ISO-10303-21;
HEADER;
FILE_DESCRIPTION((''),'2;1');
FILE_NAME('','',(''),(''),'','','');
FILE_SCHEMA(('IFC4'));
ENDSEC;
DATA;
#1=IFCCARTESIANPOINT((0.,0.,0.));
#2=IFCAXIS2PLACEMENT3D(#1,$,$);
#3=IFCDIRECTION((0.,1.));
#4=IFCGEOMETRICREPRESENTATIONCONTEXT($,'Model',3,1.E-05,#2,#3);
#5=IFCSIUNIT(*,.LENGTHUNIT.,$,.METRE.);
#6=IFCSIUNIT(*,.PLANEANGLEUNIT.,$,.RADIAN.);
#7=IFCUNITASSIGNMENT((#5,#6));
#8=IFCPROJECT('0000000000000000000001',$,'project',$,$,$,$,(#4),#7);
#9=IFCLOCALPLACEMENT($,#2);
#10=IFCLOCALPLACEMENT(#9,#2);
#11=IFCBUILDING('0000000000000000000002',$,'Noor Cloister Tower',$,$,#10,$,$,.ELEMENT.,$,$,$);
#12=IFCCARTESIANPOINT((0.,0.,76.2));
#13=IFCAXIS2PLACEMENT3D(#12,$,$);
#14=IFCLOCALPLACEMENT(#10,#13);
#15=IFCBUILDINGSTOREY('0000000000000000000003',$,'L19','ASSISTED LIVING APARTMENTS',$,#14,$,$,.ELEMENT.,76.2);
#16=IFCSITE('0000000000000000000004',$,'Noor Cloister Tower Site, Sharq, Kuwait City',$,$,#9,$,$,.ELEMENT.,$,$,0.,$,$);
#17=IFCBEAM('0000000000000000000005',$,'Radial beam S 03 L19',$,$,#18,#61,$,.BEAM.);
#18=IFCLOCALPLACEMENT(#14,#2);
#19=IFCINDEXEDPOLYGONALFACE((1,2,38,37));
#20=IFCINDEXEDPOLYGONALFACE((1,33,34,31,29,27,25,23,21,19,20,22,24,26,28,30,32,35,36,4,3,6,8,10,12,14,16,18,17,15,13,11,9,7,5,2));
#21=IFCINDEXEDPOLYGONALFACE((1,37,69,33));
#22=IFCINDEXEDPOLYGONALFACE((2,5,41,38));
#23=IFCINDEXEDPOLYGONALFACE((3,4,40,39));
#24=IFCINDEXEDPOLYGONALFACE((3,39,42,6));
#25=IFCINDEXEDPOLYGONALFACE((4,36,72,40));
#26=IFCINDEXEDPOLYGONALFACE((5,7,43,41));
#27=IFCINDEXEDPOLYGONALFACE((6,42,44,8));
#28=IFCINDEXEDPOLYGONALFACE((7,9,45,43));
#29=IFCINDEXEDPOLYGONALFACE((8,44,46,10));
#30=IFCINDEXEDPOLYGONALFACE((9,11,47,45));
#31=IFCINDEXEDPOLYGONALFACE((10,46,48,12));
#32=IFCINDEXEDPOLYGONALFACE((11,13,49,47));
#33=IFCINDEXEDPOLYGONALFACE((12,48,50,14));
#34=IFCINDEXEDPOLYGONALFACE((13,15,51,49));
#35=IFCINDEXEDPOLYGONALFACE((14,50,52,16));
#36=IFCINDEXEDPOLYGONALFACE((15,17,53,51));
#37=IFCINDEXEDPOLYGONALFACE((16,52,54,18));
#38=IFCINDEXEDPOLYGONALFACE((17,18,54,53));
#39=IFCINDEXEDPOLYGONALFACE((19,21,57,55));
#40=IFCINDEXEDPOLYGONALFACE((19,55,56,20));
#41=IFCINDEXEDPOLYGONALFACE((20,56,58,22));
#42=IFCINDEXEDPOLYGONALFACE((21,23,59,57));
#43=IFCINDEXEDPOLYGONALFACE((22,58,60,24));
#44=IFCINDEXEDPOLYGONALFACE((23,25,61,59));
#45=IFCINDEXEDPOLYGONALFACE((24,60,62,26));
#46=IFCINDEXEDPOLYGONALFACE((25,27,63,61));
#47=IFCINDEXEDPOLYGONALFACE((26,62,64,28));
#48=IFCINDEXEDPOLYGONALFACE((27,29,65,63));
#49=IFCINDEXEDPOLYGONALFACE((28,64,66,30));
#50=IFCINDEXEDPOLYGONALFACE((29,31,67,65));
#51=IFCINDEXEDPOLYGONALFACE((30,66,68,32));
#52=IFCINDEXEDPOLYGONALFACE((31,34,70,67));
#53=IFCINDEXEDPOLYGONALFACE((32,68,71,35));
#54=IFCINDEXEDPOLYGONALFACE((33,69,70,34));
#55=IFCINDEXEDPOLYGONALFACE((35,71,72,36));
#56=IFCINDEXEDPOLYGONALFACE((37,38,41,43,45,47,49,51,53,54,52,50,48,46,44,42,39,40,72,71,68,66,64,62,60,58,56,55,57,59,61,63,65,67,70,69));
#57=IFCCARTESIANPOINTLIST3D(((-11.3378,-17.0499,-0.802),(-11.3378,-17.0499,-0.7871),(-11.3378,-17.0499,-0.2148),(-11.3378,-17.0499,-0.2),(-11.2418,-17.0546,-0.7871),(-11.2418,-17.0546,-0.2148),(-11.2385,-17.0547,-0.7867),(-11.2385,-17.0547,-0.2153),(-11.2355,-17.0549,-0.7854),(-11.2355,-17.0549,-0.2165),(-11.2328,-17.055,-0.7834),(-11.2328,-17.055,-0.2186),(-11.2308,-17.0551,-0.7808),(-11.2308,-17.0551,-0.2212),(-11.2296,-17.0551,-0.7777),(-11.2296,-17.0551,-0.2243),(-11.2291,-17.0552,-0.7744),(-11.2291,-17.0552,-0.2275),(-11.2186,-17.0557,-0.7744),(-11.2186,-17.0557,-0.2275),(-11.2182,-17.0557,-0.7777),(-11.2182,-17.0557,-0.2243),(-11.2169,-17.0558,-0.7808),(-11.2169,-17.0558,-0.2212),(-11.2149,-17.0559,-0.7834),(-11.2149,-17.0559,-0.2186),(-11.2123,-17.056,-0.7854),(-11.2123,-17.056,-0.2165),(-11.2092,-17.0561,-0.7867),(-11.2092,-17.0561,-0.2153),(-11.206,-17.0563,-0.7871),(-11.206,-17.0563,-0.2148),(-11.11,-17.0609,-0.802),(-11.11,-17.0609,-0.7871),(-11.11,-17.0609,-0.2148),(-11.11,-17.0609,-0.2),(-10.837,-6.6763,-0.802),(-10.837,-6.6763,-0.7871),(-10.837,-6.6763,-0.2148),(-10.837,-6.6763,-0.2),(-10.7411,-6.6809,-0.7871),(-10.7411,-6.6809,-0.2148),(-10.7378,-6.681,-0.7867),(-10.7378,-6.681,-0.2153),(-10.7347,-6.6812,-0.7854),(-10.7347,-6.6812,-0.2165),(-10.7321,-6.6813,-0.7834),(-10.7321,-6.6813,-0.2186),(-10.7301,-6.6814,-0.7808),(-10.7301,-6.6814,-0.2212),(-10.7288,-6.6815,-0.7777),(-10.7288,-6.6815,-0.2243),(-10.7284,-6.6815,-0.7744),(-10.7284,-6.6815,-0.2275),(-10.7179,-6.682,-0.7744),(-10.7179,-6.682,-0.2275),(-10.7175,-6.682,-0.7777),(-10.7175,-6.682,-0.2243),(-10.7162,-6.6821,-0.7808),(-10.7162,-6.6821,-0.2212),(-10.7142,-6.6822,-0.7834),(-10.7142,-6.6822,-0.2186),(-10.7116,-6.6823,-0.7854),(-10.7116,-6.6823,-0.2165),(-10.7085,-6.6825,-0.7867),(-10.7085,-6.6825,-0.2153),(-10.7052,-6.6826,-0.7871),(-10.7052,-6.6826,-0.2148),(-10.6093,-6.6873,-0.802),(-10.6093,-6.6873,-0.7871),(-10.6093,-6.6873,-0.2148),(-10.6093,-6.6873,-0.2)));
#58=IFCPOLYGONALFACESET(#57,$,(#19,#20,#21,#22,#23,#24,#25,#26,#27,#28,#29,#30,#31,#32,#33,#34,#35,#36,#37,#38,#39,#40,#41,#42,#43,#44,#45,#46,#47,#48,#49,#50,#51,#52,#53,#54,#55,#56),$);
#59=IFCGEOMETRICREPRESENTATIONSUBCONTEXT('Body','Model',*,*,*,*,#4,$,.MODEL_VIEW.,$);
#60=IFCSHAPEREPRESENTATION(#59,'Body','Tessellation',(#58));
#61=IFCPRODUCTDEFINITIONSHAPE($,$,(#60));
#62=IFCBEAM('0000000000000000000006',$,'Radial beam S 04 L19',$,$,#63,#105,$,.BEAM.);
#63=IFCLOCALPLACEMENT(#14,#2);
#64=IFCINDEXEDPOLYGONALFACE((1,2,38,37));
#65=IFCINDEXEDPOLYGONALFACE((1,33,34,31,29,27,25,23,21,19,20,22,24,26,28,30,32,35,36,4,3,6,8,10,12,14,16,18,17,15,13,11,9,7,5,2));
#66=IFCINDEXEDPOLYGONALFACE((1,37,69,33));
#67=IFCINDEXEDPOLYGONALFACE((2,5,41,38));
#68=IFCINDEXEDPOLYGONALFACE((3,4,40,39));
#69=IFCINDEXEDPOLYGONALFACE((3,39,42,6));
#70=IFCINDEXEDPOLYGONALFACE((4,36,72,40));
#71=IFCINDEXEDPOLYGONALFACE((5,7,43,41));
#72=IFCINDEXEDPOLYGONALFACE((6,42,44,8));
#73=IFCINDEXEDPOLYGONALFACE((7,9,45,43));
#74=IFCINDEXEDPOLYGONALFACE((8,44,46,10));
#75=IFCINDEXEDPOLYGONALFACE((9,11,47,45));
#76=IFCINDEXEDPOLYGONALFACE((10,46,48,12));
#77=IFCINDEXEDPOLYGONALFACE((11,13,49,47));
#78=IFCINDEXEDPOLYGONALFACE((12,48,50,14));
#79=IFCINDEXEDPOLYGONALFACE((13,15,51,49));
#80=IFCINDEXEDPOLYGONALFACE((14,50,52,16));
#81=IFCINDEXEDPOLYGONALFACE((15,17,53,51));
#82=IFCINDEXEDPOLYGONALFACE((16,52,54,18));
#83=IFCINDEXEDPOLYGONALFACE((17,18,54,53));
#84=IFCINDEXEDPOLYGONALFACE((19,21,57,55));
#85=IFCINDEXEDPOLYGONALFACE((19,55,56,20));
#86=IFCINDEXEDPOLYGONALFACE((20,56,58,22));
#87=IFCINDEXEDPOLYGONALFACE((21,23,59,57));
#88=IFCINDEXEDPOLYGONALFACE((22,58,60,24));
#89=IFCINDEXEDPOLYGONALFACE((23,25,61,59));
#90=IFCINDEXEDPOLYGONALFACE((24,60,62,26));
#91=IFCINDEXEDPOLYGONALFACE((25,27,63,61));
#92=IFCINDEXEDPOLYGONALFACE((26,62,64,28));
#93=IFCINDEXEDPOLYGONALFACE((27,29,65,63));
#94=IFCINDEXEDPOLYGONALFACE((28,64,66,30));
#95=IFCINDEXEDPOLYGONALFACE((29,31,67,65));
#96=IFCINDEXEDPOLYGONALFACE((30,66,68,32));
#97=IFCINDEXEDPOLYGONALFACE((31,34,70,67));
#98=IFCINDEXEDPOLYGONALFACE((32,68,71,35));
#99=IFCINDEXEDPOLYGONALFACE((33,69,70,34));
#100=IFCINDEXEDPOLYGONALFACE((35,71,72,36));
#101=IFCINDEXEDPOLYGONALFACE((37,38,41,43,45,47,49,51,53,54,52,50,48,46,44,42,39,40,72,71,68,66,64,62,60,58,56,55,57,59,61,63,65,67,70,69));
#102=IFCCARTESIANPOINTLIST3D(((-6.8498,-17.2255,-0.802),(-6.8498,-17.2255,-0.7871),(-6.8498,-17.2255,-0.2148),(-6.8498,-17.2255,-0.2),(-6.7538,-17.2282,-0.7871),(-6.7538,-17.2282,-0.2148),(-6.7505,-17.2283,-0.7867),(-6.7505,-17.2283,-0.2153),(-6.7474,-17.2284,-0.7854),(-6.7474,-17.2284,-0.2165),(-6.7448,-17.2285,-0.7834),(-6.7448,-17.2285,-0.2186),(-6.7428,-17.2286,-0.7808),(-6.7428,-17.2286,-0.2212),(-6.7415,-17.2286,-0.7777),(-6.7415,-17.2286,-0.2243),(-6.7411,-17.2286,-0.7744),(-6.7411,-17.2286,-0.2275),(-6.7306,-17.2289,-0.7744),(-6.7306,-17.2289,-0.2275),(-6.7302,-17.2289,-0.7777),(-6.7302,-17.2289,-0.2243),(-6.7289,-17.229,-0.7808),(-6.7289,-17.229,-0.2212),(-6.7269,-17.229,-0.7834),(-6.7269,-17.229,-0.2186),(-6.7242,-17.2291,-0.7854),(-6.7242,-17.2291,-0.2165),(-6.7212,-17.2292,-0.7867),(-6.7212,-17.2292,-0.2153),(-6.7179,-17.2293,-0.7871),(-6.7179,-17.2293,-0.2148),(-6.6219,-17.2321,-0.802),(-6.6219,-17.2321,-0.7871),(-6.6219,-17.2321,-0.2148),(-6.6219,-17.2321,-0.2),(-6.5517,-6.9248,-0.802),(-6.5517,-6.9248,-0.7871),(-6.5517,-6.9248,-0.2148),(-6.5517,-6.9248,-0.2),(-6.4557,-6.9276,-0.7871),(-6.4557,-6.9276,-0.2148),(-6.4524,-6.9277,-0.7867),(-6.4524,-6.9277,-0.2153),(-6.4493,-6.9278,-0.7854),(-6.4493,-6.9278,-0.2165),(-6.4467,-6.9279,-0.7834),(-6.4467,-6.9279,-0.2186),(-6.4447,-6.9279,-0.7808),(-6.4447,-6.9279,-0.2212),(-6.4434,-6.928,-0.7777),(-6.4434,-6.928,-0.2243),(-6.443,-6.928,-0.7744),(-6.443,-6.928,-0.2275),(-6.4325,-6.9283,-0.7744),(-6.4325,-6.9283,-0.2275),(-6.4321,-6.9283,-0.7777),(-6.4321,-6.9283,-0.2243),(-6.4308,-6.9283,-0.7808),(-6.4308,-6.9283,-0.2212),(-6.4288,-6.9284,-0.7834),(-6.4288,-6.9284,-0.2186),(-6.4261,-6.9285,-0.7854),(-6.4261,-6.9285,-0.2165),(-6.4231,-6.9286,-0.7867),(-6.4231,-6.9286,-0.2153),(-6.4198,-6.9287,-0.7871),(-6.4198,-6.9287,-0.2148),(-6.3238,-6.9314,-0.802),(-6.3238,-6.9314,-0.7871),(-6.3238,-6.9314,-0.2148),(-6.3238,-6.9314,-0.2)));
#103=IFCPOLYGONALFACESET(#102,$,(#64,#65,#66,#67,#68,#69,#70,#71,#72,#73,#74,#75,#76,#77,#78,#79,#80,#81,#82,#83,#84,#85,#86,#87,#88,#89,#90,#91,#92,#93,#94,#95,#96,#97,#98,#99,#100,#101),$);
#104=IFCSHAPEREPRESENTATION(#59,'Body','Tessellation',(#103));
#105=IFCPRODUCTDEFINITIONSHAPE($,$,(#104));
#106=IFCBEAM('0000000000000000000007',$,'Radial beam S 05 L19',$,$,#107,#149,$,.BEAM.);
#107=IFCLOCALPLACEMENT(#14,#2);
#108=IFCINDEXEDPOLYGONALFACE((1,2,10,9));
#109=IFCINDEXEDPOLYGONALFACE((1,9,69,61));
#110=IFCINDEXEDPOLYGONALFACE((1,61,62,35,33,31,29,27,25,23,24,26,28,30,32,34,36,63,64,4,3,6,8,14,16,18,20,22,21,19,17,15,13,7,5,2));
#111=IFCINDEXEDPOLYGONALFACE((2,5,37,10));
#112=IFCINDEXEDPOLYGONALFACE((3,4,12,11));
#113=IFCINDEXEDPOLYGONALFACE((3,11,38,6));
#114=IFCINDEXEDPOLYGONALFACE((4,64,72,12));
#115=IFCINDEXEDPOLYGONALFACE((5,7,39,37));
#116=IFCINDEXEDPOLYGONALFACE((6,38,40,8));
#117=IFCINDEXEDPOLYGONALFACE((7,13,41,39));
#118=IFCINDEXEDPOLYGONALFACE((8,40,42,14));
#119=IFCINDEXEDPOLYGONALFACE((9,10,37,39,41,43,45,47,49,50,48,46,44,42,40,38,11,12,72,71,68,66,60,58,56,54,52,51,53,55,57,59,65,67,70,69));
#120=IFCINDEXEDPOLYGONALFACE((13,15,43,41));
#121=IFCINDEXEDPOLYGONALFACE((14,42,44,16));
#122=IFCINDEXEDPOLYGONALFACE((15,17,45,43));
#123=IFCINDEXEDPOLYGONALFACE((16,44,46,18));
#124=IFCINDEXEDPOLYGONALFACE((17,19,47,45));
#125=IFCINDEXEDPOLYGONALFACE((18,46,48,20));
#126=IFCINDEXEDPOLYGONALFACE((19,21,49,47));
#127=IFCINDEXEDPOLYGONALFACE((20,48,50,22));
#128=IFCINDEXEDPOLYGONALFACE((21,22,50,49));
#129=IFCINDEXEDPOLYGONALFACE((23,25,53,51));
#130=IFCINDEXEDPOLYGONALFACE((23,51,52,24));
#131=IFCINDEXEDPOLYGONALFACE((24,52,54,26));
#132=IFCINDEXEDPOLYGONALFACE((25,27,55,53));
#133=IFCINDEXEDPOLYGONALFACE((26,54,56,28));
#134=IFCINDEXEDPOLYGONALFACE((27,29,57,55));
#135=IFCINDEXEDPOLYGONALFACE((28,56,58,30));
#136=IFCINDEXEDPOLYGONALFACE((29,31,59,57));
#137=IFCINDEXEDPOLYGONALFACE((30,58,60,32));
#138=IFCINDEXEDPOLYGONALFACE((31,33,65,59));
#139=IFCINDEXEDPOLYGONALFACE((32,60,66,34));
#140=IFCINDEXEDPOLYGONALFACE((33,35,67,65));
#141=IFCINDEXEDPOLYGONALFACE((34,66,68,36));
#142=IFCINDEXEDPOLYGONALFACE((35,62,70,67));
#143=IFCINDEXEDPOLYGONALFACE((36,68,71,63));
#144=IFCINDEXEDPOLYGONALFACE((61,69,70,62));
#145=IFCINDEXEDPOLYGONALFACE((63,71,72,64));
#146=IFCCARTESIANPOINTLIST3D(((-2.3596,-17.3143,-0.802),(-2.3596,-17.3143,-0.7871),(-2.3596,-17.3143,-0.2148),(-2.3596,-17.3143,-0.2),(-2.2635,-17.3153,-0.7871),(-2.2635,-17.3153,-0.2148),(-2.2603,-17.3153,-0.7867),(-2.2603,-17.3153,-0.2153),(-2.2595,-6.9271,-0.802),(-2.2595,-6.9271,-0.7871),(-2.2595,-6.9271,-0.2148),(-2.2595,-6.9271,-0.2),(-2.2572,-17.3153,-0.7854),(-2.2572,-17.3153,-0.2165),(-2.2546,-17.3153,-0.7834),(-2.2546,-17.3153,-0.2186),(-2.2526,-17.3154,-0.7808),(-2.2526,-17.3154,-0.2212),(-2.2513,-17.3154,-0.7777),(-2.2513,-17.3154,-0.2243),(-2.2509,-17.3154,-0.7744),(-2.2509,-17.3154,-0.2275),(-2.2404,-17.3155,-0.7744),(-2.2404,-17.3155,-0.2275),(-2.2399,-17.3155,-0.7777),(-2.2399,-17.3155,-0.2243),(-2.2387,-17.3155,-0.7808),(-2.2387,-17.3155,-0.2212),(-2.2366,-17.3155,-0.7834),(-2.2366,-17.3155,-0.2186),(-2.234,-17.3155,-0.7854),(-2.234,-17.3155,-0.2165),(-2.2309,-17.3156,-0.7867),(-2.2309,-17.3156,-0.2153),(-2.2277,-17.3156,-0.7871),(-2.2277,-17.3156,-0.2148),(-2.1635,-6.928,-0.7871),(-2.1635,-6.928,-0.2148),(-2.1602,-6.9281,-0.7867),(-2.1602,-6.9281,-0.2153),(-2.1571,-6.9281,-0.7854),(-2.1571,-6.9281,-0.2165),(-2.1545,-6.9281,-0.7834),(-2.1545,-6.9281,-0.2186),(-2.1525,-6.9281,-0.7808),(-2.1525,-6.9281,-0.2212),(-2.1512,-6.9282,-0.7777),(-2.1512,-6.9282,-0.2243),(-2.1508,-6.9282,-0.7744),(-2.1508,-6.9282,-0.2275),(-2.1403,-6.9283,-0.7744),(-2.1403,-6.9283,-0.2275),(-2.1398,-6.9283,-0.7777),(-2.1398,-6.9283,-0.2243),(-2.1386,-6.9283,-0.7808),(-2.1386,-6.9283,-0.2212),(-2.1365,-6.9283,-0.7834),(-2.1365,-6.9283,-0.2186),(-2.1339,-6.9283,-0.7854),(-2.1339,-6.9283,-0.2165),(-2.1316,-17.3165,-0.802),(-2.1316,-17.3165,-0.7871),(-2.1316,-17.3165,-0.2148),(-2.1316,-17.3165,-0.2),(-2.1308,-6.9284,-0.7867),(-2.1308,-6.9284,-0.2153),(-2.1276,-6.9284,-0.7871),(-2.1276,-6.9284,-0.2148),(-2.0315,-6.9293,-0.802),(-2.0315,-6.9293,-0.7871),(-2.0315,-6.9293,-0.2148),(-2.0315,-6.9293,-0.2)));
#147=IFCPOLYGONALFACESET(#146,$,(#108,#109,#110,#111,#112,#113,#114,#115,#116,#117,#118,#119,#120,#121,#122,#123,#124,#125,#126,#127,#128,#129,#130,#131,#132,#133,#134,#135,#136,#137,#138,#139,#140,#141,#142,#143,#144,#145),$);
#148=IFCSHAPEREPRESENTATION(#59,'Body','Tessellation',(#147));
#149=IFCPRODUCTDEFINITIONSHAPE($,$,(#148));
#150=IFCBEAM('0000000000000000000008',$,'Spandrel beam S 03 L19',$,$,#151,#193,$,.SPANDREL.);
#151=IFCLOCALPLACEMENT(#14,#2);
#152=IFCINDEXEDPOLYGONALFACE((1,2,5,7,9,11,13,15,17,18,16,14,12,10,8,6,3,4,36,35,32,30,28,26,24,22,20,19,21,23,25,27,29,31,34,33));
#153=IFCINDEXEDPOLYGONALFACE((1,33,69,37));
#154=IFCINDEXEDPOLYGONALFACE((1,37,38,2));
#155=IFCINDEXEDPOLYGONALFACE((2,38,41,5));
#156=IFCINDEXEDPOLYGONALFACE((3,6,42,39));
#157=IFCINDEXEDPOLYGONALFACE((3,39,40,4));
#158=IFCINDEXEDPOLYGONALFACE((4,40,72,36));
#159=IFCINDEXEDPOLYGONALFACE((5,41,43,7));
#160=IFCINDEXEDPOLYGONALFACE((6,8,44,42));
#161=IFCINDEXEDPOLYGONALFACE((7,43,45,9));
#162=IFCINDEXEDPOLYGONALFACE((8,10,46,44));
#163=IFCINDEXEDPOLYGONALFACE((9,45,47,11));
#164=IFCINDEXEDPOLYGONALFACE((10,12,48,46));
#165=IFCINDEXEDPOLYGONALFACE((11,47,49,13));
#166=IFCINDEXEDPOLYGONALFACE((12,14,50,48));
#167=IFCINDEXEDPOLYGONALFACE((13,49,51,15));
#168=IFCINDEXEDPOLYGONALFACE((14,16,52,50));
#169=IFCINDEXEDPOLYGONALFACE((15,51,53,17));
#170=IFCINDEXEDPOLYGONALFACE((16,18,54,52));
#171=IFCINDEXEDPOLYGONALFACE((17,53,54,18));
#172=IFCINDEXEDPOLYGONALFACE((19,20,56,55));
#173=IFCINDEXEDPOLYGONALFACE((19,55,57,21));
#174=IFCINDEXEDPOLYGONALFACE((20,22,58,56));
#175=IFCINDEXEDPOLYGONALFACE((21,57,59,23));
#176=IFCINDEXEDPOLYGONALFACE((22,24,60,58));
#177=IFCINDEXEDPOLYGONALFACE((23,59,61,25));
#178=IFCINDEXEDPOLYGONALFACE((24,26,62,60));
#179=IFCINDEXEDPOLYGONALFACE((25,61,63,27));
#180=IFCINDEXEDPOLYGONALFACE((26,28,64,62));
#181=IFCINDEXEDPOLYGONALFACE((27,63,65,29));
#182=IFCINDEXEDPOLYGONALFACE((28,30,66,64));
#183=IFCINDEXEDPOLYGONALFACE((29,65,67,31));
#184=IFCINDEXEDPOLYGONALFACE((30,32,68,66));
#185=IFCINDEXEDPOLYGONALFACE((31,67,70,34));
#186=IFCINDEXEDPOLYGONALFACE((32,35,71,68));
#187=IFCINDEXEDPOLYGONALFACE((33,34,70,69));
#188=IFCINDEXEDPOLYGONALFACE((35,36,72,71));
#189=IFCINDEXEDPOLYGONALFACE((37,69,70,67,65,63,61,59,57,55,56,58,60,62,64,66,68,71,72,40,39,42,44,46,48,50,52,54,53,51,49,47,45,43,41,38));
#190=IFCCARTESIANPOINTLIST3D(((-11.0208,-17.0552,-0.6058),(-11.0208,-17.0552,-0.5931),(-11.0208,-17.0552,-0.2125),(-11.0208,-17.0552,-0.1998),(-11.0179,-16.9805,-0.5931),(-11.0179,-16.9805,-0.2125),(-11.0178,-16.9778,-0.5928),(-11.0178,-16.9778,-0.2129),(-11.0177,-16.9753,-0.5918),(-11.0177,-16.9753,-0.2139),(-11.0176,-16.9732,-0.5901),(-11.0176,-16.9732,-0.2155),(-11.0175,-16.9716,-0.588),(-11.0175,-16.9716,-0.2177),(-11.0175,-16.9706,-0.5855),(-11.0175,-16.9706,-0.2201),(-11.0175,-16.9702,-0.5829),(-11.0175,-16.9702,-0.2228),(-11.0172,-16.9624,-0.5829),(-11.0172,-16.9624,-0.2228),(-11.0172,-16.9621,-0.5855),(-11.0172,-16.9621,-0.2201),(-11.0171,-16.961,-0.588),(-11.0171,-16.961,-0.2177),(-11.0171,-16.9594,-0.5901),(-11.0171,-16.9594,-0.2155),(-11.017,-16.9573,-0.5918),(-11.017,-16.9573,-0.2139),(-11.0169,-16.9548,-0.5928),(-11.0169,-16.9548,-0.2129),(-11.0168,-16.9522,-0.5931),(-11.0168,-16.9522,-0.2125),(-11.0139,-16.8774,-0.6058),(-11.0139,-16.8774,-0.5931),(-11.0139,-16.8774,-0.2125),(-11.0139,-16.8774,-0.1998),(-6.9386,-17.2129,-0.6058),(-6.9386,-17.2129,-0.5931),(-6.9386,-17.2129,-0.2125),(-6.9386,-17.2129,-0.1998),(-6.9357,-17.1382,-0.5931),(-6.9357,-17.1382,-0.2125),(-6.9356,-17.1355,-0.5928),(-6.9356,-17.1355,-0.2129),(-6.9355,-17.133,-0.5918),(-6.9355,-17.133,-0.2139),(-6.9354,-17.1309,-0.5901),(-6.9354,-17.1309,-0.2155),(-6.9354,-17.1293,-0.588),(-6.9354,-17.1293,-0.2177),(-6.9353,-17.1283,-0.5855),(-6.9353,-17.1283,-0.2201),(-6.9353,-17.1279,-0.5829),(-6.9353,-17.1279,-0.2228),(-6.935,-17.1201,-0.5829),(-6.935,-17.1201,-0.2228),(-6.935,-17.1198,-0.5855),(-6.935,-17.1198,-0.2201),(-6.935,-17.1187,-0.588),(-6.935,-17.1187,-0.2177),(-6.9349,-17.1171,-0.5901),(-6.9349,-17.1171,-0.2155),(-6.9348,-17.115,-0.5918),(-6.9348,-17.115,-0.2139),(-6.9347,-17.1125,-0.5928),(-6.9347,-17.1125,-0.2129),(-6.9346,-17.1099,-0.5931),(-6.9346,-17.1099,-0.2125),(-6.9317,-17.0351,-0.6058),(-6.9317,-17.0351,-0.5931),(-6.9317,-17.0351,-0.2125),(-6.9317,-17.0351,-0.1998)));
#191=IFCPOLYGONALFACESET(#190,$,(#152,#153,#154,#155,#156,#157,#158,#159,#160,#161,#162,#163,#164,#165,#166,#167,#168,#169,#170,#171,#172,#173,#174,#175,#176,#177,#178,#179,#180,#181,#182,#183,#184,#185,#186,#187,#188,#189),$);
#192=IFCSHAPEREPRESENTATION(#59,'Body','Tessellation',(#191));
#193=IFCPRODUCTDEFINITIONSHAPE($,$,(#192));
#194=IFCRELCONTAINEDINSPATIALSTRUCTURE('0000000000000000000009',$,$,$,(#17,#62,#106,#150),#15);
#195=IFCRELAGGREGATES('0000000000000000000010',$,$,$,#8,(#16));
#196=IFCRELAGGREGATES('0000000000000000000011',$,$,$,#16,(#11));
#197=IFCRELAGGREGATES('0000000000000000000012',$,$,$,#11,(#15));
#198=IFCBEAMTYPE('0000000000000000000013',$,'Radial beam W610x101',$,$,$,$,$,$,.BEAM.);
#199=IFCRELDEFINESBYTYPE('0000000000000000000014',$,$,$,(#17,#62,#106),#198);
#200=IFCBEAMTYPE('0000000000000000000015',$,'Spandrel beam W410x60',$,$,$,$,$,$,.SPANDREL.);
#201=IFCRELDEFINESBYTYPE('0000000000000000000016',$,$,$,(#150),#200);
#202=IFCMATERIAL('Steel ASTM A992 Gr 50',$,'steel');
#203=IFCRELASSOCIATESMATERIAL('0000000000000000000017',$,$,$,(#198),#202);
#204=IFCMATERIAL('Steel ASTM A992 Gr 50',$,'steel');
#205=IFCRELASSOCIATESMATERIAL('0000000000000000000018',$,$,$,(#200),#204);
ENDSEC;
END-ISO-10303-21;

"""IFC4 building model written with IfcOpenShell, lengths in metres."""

from ifc_helpers import new_model, si_unit, direction, frame, origin, origin_2d, place, context, subcontext, project, spatial, i_section, extrude, material, material_profile, profile_set, type_object, element, save


model = new_model("IFC4")

# Units and contexts
model_context = context("Model", 3, precision=1e-05, world=origin(), true_north=direction((0.0, 1.0)))
body_context = subcontext(model_context, "Body", "Model", "MODEL_VIEW")
ifc_project = project(units=[si_unit("LENGTHUNIT", "METRE"), si_unit("PLANEANGLEUNIT", "RADIAN")], contexts=[model_context])

# Site, building, storey
site_placement = place(None, origin())
site = spatial("IfcSite", under=ifc_project, at=site_placement, Name="Noor Cloister Tower Site, Sharq, Kuwait City", CompositionType="ELEMENT", RefElevation=0.0)
building_placement = place(site_placement, origin())
building = spatial("IfcBuilding", under=site, at=building_placement, Name="Noor Cloister Tower", CompositionType="ELEMENT")
storey_placement = place(building_placement, frame((0.0, 0.0, 76.2)))
storey = spatial("IfcBuildingStorey", under=building, at=storey_placement, Name="L19", Description="ASSISTED LIVING APARTMENTS", CompositionType="ELEMENT", Elevation=76.2)

# Beams
ifc_material_1 = material(Name="Steel ASTM A992 Gr 50", Category="steel")
ifc_material_profile_1 = material_profile(ifc_material_1, i_section(OverallWidth=0.228, OverallDepth=0.6021, WebThickness=0.0105, FlangeThickness=0.0149, FilletRadius=0.0127, at=origin_2d()), Name="W610x101")
ifc_profile_set_1 = profile_set([ifc_material_profile_1], Name="Steel ASTM A992 Gr 50")
beam_type_1 = type_object("IfcBeamType", Name="Radial beam W610x101", PredefinedType="BEAM", material=ifc_profile_set_1)
beam_1_placement = place(storey_placement, frame((-11.2239, -17.0554, -0.501), z_axis=(0.048213, 0.998837, 0.0), x_axis=(-0.998837, 0.048213, 0.0)))
element("IfcBeam", 1, at=beam_1_placement, inside=storey, type_object=beam_type_1, Name="Radial beam S 03 L19", PredefinedType="BEAM", context=body_context, shape_type="SweptSolid", body=[
    extrude(i_section(OverallWidth=0.228, OverallDepth=0.6021, WebThickness=0.0105, FlangeThickness=0.0149, FilletRadius=0.0127, at=origin_2d()), origin(), (0.0, 0.0, 1.0), 10.3857),
])
beam_2_placement = place(storey_placement, frame((-6.7358, -17.2288, -0.501), z_axis=(0.028928, 0.999582, 0.0), x_axis=(-0.999582, 0.028928, 0.0)))
element("IfcBeam", 2, at=beam_2_placement, inside=storey, type_object=beam_type_1, Name="Radial beam S 04 L19", PredefinedType="BEAM", context=body_context, shape_type="SweptSolid", body=[
    extrude(i_section(OverallWidth=0.228, OverallDepth=0.6021, WebThickness=0.0105, FlangeThickness=0.0149, FilletRadius=0.0127, at=origin_2d()), origin(), (0.0, 0.0, 1.0), 10.3049),
])
beam_3_placement = place(storey_placement, frame((-2.2456, -17.3154, -0.501), z_axis=(0.009636, 0.999954, 0.0), x_axis=(-0.999954, 0.009636, 0.0)))
element("IfcBeam", 3, at=beam_3_placement, inside=storey, type_object=beam_type_1, Name="Radial beam S 05 L19", PredefinedType="BEAM", context=body_context, shape_type="SweptSolid", body=[
    extrude(i_section(OverallWidth=0.228, OverallDepth=0.6021, WebThickness=0.0105, FlangeThickness=0.0149, FilletRadius=0.0127, at=origin_2d()), origin(), (0.0, 0.0, 1.0), 10.3877),
])
ifc_material_2 = material(Name="Steel ASTM A992 Gr 50", Category="steel")
ifc_material_profile_2 = material_profile(ifc_material_2, i_section(OverallWidth=0.178, OverallDepth=0.406, WebThickness=0.0078, FlangeThickness=0.0127, FilletRadius=0.0103, at=origin_2d()), Name="W410x60")
ifc_profile_set_2 = profile_set([ifc_material_profile_2], Name="Steel ASTM A992 Gr 50")
beam_type_2 = type_object("IfcBeamType", Name="Spandrel beam W410x60", PredefinedType="SPANDREL", material=ifc_profile_set_2)
beam_4_placement = place(storey_placement, frame((-11.0173, -16.9663, -0.4028), z_axis=(0.999255, -0.038605, 0.0), x_axis=(0.038605, 0.999255, 0.0)))
element("IfcBeam", 4, at=beam_4_placement, inside=storey, type_object=beam_type_2, Name="Spandrel beam S 03 L19", PredefinedType="SPANDREL", context=body_context, shape_type="SweptSolid", body=[
    extrude(i_section(OverallWidth=0.178, OverallDepth=0.406, WebThickness=0.0078, FlangeThickness=0.0127, FilletRadius=0.0103, at=origin_2d()), origin(), (0.0, 0.0, 1.0), 4.0852),
])

save(model, "model.ifc")
